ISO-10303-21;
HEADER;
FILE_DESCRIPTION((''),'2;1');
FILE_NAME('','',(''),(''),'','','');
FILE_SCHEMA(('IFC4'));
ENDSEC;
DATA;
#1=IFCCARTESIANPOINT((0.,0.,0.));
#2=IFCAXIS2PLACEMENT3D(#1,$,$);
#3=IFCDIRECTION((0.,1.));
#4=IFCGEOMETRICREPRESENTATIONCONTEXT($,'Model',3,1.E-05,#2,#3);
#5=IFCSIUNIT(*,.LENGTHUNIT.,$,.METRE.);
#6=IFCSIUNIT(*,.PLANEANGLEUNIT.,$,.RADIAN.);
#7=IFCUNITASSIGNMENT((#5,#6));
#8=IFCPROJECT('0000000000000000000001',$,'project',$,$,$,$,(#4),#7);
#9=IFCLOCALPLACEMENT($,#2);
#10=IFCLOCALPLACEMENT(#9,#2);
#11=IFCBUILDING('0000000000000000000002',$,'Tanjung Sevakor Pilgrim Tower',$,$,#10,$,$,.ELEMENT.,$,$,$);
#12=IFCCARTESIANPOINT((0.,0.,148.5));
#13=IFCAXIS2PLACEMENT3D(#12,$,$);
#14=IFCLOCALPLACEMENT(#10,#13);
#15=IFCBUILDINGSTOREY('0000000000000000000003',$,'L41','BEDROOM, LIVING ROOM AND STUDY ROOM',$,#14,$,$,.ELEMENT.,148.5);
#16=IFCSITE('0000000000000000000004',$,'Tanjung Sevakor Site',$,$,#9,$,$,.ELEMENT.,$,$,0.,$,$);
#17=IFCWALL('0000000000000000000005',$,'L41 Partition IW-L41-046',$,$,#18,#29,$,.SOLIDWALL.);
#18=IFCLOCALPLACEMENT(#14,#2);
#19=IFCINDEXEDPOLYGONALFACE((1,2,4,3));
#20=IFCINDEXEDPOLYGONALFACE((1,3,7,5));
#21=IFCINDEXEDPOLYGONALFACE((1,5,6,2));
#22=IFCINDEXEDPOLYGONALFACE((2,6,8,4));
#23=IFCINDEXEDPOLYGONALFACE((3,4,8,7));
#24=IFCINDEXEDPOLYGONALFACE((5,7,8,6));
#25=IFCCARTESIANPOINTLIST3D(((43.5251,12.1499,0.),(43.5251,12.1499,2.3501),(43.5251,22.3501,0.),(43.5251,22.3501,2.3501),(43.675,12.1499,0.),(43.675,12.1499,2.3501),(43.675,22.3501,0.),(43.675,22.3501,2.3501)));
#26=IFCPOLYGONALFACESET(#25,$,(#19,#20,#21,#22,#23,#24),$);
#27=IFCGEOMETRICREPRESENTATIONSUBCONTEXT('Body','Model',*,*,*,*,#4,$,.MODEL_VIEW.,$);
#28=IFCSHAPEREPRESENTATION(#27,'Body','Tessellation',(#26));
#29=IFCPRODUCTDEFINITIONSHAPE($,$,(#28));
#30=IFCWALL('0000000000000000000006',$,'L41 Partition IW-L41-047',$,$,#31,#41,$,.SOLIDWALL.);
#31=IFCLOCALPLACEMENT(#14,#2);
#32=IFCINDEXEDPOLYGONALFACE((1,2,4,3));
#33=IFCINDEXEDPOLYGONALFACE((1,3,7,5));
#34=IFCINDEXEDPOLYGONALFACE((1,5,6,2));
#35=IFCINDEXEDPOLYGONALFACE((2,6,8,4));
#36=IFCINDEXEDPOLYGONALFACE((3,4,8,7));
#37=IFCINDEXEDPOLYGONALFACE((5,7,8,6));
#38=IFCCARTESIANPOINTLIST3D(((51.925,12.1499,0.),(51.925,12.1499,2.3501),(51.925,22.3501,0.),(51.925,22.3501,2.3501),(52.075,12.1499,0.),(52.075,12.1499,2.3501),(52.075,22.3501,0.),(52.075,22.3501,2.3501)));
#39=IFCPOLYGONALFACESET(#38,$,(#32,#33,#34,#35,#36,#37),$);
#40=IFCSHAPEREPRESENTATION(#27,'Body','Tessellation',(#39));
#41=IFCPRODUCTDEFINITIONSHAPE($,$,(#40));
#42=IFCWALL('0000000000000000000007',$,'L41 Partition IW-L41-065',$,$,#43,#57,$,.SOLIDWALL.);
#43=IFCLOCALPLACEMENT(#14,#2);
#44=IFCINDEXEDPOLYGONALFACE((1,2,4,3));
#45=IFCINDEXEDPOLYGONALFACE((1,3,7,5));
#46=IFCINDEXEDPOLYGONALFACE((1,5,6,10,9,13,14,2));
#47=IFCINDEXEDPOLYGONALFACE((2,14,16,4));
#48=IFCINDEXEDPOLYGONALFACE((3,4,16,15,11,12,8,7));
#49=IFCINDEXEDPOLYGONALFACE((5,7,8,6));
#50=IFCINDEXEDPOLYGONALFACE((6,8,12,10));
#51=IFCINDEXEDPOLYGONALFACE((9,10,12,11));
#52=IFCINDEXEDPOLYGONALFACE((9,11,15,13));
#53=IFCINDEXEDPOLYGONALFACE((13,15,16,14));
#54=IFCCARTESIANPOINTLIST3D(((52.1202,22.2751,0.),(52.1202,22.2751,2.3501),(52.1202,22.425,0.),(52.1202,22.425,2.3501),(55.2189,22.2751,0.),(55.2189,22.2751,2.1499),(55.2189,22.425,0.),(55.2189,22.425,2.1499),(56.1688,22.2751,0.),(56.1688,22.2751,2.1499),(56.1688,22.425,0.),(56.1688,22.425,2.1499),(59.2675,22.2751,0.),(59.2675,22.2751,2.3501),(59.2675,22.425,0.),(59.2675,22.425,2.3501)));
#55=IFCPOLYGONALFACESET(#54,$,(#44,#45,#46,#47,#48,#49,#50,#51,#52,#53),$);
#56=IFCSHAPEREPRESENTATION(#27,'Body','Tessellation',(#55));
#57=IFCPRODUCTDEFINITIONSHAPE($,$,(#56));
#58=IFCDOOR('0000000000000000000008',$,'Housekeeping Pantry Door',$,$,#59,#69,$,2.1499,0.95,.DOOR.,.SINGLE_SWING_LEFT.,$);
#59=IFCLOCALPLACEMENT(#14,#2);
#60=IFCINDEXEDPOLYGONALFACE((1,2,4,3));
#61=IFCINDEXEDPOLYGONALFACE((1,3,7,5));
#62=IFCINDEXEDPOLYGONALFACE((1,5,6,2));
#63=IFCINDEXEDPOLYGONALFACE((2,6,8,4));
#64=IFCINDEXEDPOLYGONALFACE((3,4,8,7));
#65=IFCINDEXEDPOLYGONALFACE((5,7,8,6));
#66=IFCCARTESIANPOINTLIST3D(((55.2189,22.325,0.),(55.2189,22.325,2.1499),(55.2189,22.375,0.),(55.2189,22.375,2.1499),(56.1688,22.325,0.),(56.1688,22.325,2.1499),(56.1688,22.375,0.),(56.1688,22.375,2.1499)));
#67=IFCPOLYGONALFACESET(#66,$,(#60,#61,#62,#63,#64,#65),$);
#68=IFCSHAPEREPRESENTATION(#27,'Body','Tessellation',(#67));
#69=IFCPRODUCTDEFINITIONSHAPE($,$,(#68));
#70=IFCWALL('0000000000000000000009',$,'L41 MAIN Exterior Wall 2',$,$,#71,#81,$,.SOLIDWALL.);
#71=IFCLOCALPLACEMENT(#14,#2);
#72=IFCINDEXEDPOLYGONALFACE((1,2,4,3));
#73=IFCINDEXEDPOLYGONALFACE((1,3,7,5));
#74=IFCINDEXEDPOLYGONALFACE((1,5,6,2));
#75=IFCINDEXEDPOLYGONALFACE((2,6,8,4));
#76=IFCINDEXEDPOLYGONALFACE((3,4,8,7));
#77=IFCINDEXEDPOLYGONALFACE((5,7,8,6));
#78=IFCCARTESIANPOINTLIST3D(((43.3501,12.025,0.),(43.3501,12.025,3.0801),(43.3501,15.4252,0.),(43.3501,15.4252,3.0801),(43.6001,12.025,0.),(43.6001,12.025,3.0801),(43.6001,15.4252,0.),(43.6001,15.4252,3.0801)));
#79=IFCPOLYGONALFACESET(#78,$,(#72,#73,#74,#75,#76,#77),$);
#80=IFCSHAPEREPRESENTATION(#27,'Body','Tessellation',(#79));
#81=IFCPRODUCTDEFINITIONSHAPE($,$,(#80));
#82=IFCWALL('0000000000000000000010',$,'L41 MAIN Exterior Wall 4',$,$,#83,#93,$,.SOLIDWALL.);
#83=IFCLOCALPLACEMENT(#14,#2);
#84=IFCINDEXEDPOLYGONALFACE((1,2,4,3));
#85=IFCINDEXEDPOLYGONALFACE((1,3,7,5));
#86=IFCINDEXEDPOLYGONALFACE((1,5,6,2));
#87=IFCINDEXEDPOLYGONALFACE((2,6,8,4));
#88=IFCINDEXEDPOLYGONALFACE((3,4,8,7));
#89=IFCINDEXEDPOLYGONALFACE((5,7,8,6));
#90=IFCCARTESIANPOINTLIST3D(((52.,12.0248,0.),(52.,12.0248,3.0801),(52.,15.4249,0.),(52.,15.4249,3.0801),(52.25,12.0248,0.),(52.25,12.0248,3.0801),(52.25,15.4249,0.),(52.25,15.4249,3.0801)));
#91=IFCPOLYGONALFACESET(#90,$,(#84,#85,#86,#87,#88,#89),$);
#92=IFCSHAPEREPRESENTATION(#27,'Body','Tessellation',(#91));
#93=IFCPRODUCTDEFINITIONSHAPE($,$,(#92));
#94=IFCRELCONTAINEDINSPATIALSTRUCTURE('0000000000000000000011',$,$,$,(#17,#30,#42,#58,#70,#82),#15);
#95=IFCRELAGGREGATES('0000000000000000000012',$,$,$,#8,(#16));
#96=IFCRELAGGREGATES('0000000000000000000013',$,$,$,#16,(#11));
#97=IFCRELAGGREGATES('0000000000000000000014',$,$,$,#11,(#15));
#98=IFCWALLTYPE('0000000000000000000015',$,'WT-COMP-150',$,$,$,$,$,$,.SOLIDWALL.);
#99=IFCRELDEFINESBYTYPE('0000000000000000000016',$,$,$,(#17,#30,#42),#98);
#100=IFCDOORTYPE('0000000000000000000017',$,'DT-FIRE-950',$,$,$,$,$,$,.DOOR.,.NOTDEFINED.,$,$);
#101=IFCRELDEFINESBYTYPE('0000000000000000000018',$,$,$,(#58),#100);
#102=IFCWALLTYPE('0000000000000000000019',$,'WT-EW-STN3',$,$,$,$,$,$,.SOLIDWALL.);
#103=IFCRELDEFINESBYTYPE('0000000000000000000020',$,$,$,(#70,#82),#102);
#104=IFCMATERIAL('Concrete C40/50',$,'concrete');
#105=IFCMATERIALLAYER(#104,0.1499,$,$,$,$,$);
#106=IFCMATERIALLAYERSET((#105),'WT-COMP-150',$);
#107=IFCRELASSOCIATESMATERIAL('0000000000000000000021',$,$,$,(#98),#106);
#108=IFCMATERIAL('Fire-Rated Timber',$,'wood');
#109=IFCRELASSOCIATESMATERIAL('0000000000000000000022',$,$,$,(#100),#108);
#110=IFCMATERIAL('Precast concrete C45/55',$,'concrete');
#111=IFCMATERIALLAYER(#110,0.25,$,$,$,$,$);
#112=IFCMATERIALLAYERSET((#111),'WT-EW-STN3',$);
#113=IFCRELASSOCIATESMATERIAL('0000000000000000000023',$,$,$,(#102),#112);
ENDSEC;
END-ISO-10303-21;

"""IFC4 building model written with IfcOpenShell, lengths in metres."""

from ifc_helpers import new_model, si_unit, direction, frame, frame_2d, origin, place, context, subcontext, project, spatial, rectangle, extrude, material, layer, layer_set, type_object, element, fill, save


model = new_model("IFC4")

# Units and contexts
model_context = context("Model", 3, precision=1e-05, world=origin(), true_north=direction((0.0, 1.0)))
body_context = subcontext(model_context, "Body", "Model", "MODEL_VIEW")
ifc_project = project(units=[si_unit("LENGTHUNIT", "METRE"), si_unit("PLANEANGLEUNIT", "RADIAN")], contexts=[model_context])

# Site, building, storey
site_placement = place(None, origin())
site = spatial("IfcSite", under=ifc_project, at=site_placement, Name="Tanjung Sevakor Site", CompositionType="ELEMENT", RefElevation=0.0)
building_placement = place(site_placement, origin())
building = spatial("IfcBuilding", under=site, at=building_placement, Name="Tanjung Sevakor Pilgrim Tower", CompositionType="ELEMENT")
storey_placement = place(building_placement, frame((0.0, 0.0, 148.5)))
storey = spatial("IfcBuildingStorey", under=building, at=storey_placement, Name="L41", Description="BEDROOM, LIVING ROOM AND STUDY ROOM", CompositionType="ELEMENT", Elevation=148.5)

# Shared definitions
ifc_material_1 = material(Name="Concrete C40/50", Category="concrete")
ifc_layer_1 = layer(ifc_material_1, 0.1499)
ifc_layer_set_1 = layer_set([ifc_layer_1], Name="WT-COMP-150")
wall_type_1 = type_object("IfcWallType", Name="WT-COMP-150", PredefinedType="SOLIDWALL", material=ifc_layer_set_1)

# Walls
for number, where, z_axis, x_axis, name in (
    (1, (43.6001, 12.1499, 0.0), (0.0, 0.0, 1.0), (0.0, 1.0, 0.0), "L41 Partition IW-L41-046"),
    (2, (52.0, 12.1499, 0.0), (0.0, 0.0, 1.0), (0.0, 1.0, 0.0), "L41 Partition IW-L41-047"),
):
    element("IfcWall", number, at=place(storey_placement, frame(where, z_axis=z_axis, x_axis=x_axis)), inside=storey, type_object=wall_type_1, Name=name, PredefinedType="SOLIDWALL", context=body_context, shape_type="SweptSolid", body=[
        extrude(rectangle(XDim=10.2002, YDim=0.1499, at=frame_2d((5.1001, 0.0))), origin(), (0.0, 0.0, 1.0), 2.3501),
    ])

# Wall, opening, door
wall_1_placement = place(storey_placement, frame((52.1201, 22.3501, 0.0), z_axis=(0.0, 0.0, 1.0), x_axis=(1.0, 0.0, 0.0)))
wall_1 = element("IfcWall", 3, at=wall_1_placement, inside=storey, type_object=wall_type_1, Name="L41 Partition IW-L41-065", PredefinedType="SOLIDWALL", context=body_context, shape_type="SweptSolid", body=[
    extrude(rectangle(XDim=7.1472, YDim=0.1499, at=frame_2d((3.5737, 0.0))), origin(), (0.0, 0.0, 1.0), 2.3501),
])
opening_1_placement = place(wall_1_placement, frame((3.0986, 0.0, 0.0)))
opening_1 = element("IfcOpeningElement", 4, at=opening_1_placement, cuts=wall_1, PredefinedType="OPENING", context=body_context, shape_type="SweptSolid", body=[
    extrude(rectangle(XDim=0.95, YDim=2.1499, at=frame_2d((0.4751, 1.075))), frame((0.0, 0.085, 0.0), z_axis=(0.0, -1.0, 0.0), x_axis=(1.0, 0.0, 0.0)), (0.0, 0.0, 1.0), 0.1699),
])
ifc_material_2 = material(Name="Fire-Rated Timber", Category="wood")
door_type_1 = type_object("IfcDoorType", Name="DT-FIRE-950", OperationType="NOTDEFINED", PredefinedType="DOOR", material=ifc_material_2)
door_1_placement = place(opening_1_placement, origin())
door_1 = element("IfcDoor", 5, at=door_1_placement, inside=storey, type_object=door_type_1, Name="Housekeeping Pantry Door", OperationType="SINGLE_SWING_LEFT", OverallHeight=2.1499, OverallWidth=0.95, PredefinedType="DOOR", context=body_context, shape_type="SweptSolid", body=[
    extrude(rectangle(XDim=0.95, YDim=2.1499, at=frame_2d((0.4751, 1.075))), frame((0.0, 0.0249, 0.0), z_axis=(0.0, -1.0, 0.0), x_axis=(1.0, 0.0, 0.0)), (0.0, 0.0, 1.0), 0.05),
])
fill(opening_1, door_1)

# Walls
ifc_material_3 = material(Name="Precast concrete C45/55", Category="concrete")
ifc_layer_2 = layer(ifc_material_3, 0.25)
ifc_layer_set_2 = layer_set([ifc_layer_2], Name="WT-EW-STN3")
wall_type_2 = type_object("IfcWallType", Name="WT-EW-STN3", PredefinedType="SOLIDWALL", material=ifc_layer_set_2)
for number, where, z_axis, x_axis, name in (
    (6, (43.4751, 12.0249, 0.0), (0.0, 0.0, 1.0), (0.0, 1.0, 0.0), "L41 MAIN Exterior Wall 2"),
    (7, (52.125, 15.425, 0.0), (0.0, 0.0, 1.0), (0.0, -1.0, 0.0), "L41 MAIN Exterior Wall 4"),
):
    element("IfcWall", number, at=place(storey_placement, frame(where, z_axis=z_axis, x_axis=x_axis)), inside=storey, type_object=wall_type_2, Name=name, PredefinedType="SOLIDWALL", context=body_context, shape_type="SweptSolid", body=[
        extrude(rectangle(XDim=3.4001, YDim=0.25, at=frame_2d((1.7002, 0.0))), origin(), (0.0, 0.0, 1.0), 3.0801),
    ])

save(model, "model.ifc")
